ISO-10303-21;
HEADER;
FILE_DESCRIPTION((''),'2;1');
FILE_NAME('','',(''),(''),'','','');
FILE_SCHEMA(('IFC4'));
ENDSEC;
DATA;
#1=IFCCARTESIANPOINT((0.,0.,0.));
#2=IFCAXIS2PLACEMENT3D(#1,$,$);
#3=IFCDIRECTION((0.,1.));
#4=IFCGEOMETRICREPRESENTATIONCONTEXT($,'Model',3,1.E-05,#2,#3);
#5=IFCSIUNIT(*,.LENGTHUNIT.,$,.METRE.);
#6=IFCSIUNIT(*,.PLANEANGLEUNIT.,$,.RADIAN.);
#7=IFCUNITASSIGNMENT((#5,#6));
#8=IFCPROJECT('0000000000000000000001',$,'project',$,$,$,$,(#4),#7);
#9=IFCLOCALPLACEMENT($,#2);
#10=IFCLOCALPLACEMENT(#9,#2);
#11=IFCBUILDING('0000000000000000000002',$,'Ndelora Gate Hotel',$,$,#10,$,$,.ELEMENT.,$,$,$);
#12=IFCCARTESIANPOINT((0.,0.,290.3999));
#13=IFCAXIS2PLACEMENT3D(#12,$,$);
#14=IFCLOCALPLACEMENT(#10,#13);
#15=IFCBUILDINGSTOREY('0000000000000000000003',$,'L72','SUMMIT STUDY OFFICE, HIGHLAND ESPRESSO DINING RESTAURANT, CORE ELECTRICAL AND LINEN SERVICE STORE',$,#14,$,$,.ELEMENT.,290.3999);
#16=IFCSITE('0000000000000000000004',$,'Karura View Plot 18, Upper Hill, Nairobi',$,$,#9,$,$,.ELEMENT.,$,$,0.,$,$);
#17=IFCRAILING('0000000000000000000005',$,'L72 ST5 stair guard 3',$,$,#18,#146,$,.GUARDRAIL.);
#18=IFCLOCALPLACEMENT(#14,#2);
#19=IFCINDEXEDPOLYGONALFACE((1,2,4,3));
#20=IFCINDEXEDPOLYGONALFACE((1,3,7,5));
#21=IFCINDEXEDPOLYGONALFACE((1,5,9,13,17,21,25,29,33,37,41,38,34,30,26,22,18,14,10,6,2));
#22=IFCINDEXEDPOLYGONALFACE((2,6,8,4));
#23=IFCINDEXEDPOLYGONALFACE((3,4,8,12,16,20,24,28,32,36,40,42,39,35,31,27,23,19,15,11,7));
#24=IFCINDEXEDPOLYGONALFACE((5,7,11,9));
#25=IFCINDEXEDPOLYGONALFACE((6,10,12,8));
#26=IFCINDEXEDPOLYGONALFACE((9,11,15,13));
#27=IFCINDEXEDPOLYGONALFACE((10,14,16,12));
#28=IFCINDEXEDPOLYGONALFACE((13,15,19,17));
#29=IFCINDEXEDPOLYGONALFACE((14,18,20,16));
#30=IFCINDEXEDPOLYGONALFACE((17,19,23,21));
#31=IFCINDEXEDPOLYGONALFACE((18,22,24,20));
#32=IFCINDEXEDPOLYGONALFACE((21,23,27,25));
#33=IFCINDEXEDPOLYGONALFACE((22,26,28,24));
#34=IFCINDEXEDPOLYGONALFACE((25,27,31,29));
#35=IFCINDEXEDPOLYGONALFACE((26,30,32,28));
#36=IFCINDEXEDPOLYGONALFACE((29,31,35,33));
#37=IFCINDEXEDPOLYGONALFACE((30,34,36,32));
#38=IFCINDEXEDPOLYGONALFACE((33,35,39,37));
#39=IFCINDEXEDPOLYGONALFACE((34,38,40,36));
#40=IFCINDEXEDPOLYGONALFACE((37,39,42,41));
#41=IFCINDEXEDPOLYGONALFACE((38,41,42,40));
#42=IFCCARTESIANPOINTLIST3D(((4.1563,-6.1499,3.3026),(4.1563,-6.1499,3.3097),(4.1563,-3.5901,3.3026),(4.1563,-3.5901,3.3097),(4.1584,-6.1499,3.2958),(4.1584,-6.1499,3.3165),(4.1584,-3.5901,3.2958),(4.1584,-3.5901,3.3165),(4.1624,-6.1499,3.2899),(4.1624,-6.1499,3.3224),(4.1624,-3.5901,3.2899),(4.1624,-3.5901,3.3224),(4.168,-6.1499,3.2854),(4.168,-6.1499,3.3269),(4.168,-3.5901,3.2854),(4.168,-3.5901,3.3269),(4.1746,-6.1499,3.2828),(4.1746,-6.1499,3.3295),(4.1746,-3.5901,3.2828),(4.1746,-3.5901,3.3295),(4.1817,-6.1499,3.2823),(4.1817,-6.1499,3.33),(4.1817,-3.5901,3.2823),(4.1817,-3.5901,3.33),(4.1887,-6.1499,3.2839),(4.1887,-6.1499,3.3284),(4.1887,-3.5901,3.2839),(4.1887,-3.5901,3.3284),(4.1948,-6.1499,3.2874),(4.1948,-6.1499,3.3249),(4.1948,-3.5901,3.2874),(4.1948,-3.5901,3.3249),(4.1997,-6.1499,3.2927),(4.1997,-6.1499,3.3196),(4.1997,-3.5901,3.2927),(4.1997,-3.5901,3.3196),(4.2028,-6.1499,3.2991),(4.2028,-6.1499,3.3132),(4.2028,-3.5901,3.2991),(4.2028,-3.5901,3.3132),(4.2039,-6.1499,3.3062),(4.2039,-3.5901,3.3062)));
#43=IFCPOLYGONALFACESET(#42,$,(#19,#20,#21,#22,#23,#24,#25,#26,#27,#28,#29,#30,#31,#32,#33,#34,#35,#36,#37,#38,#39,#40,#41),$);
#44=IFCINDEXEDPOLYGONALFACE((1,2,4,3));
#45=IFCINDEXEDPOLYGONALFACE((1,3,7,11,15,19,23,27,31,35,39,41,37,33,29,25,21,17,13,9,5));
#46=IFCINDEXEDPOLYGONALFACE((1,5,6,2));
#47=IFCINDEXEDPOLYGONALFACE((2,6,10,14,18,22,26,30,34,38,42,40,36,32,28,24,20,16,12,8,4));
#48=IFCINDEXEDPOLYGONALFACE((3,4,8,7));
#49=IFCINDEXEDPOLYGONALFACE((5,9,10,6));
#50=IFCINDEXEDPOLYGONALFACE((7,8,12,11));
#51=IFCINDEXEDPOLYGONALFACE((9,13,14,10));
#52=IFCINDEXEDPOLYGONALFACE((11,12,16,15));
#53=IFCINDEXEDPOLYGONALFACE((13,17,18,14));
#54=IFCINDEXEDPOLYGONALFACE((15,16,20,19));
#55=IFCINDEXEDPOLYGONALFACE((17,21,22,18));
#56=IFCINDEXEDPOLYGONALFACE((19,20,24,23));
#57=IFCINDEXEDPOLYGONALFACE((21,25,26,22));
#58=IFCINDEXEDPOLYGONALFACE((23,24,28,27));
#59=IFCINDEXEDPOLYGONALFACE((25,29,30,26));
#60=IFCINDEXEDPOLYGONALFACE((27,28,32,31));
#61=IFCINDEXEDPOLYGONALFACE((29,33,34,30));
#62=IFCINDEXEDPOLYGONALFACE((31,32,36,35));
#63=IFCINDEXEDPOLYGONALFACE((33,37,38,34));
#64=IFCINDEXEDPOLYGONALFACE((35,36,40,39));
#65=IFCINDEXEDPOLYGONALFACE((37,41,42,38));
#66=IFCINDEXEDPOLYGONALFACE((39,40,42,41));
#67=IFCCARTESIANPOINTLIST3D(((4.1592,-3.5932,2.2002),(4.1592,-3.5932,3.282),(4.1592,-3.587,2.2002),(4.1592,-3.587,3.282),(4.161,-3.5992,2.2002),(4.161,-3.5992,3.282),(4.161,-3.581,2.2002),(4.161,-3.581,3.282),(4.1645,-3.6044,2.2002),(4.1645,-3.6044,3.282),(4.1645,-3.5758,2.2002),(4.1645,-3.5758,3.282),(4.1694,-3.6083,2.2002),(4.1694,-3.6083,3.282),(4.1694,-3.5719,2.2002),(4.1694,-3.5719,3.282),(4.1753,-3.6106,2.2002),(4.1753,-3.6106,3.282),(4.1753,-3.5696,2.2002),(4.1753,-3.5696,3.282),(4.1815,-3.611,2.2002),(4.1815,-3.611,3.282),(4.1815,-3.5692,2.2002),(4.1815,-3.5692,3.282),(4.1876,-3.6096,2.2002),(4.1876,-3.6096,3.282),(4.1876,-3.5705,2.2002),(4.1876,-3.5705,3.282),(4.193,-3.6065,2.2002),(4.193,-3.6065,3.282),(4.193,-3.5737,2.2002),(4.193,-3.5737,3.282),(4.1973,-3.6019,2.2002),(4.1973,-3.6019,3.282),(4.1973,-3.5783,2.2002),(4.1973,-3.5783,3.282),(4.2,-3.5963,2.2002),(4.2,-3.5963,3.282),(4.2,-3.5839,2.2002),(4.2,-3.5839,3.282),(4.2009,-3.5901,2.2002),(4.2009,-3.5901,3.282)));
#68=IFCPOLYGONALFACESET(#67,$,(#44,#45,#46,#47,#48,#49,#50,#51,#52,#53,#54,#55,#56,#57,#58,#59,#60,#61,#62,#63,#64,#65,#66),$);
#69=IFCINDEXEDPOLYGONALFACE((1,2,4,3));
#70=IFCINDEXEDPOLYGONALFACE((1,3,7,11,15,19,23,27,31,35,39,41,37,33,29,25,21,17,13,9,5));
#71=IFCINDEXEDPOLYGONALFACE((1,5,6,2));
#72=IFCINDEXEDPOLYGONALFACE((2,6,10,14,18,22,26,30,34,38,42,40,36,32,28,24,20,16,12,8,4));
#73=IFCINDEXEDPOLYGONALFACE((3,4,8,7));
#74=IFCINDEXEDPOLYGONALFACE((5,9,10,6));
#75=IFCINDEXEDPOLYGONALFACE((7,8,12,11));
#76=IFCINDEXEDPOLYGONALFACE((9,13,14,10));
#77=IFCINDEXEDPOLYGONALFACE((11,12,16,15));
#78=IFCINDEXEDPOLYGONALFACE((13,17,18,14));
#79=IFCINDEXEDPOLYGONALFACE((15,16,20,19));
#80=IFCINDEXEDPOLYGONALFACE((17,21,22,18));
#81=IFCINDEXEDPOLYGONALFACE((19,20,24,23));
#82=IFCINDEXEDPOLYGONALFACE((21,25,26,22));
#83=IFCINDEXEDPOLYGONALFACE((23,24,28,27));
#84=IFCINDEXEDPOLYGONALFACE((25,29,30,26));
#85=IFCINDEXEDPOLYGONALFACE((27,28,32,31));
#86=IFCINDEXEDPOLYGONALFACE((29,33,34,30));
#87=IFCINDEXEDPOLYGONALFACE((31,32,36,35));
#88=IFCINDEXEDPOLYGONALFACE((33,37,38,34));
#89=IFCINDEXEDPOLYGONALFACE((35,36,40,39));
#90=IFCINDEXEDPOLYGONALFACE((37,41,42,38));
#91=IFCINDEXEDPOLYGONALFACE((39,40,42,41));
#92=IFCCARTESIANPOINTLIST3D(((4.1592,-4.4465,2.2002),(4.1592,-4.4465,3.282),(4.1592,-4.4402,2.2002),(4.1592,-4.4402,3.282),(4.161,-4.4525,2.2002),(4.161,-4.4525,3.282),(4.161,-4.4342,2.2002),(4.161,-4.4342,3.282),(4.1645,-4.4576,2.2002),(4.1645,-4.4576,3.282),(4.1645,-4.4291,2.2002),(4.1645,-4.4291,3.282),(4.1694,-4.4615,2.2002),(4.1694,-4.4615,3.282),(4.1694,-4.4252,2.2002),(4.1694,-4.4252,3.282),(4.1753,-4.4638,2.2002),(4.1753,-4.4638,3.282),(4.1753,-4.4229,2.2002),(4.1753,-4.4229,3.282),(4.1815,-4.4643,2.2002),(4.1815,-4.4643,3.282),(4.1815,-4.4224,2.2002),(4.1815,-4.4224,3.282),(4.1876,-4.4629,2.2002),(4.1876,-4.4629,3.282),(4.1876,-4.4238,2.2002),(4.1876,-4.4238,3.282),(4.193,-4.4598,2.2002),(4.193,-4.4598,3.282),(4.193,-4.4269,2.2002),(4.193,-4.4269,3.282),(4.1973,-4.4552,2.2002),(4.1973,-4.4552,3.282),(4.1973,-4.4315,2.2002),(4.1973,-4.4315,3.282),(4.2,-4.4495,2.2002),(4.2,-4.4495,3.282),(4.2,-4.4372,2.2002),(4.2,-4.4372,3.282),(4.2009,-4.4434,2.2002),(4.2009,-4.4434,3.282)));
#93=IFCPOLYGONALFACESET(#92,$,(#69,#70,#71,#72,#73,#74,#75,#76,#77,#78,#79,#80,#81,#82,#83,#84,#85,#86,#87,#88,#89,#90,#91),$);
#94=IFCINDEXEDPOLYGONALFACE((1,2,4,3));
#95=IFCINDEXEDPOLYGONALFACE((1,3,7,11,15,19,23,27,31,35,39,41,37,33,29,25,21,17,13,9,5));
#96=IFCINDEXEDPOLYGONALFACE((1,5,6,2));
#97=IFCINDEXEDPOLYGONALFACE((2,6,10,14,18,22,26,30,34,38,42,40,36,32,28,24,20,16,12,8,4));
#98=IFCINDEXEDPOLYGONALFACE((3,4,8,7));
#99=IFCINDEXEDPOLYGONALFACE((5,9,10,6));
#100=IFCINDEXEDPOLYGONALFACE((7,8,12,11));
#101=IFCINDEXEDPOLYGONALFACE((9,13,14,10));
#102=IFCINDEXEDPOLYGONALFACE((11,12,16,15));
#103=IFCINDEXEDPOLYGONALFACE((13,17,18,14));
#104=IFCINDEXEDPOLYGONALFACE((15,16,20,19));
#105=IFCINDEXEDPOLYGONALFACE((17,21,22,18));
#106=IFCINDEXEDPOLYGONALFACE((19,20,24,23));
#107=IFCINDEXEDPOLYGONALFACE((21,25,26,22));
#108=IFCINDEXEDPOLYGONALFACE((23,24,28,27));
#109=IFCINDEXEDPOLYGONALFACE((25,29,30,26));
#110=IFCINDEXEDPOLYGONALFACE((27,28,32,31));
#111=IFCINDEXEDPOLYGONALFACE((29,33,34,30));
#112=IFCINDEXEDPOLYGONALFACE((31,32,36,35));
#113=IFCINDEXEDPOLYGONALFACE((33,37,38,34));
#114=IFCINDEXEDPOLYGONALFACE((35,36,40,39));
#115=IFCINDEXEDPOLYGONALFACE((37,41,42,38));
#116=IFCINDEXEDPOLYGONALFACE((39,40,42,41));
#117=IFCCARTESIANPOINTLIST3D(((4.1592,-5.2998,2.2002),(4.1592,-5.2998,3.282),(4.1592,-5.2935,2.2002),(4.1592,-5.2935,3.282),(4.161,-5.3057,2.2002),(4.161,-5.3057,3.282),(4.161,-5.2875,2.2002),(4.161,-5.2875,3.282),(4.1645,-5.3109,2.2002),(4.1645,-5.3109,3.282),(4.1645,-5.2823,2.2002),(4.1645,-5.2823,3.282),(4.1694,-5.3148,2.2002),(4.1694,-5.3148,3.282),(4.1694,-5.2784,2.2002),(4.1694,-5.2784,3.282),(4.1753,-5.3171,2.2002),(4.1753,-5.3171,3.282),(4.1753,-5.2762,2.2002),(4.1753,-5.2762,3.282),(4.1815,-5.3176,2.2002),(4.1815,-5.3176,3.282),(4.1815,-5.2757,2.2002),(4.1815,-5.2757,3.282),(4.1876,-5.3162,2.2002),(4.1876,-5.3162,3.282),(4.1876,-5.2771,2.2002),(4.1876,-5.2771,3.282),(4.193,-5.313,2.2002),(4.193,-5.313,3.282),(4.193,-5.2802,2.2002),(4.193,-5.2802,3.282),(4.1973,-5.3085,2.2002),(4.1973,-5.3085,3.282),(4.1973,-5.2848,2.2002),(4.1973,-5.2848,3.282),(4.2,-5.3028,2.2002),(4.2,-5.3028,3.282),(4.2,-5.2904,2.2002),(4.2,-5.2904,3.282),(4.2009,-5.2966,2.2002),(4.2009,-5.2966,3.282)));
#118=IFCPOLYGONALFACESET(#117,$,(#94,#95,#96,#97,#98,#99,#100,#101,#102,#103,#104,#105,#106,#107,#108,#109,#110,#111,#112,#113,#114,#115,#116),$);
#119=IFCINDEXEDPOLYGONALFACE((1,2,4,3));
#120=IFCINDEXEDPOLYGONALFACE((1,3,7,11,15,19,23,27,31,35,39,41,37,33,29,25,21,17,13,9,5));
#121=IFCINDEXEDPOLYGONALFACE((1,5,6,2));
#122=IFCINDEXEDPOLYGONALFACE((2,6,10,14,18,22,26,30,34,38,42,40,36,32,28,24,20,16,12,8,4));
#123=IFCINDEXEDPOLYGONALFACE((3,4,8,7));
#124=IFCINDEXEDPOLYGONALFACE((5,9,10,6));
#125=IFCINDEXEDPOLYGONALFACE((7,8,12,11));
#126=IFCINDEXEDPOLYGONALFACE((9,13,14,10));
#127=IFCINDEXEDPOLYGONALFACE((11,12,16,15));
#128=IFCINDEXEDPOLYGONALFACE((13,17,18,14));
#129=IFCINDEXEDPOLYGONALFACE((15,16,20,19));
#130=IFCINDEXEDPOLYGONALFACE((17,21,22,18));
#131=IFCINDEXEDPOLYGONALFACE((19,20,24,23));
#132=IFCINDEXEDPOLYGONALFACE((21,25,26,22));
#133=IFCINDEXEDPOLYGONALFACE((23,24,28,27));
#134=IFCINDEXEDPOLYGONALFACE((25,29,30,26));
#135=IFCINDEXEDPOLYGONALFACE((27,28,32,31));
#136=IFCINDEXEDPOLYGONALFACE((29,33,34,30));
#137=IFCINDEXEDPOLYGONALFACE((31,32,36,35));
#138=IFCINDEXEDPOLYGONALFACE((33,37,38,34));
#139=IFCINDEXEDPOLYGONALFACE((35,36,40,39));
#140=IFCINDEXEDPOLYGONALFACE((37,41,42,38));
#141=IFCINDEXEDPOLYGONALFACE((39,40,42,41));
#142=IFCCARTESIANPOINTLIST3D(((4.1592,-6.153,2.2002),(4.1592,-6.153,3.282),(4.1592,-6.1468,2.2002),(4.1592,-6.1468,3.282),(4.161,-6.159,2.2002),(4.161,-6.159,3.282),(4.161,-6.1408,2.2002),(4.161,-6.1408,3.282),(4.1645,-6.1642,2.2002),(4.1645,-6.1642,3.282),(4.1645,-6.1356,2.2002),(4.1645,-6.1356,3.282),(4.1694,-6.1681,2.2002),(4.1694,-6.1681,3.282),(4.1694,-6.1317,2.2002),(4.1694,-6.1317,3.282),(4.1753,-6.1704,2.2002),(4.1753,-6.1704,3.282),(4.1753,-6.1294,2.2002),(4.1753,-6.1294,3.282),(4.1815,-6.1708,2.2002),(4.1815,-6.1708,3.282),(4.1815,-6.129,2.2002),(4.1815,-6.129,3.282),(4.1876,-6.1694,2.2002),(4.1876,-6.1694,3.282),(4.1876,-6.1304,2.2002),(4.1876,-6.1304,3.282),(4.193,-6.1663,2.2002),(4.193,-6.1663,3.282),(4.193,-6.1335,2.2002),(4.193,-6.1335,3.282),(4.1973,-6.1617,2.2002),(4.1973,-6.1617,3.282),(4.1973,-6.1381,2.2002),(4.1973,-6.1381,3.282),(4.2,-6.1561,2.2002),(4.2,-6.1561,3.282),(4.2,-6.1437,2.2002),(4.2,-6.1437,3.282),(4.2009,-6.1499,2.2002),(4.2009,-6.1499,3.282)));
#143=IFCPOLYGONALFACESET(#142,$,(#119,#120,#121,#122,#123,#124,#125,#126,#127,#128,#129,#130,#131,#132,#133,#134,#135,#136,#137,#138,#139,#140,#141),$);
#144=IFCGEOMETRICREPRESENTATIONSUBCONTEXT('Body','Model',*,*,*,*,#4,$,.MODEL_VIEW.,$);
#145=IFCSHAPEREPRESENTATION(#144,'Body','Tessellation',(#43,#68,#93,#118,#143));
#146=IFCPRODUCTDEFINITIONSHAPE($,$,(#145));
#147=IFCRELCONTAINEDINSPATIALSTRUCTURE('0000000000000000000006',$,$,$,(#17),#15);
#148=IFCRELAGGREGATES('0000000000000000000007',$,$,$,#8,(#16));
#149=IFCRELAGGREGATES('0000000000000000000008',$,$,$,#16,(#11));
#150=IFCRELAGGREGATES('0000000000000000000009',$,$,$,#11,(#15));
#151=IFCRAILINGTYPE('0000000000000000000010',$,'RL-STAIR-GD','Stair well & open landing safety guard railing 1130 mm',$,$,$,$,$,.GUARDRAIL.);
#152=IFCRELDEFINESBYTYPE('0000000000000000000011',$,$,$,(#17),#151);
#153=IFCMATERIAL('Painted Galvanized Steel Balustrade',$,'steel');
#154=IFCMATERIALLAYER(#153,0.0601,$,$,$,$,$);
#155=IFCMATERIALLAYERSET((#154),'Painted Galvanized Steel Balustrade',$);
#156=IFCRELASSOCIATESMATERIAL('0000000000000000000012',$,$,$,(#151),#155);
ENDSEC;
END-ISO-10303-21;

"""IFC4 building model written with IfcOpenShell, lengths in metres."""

from ifc_helpers import new_model, si_unit, direction, frame, origin, origin_2d, place, context, subcontext, project, spatial, circle, extrude, material, layer, layer_set, type_object, element, save


model = new_model("IFC4")

# Units and contexts
model_context = context("Model", 3, precision=1e-05, world=origin(), true_north=direction((0.0, 1.0)))
body_context = subcontext(model_context, "Body", "Model", "MODEL_VIEW")
ifc_project = project(units=[si_unit("LENGTHUNIT", "METRE"), si_unit("PLANEANGLEUNIT", "RADIAN")], contexts=[model_context])

# Site, building, storey
site_placement = place(None, origin())
site = spatial("IfcSite", under=ifc_project, at=site_placement, Name="Karura View Plot 18, Upper Hill, Nairobi", CompositionType="ELEMENT", RefElevation=0.0)
building_placement = place(site_placement, origin())
building = spatial("IfcBuilding", under=site, at=building_placement, Name="Ndelora Gate Hotel", CompositionType="ELEMENT")
storey_placement = place(building_placement, frame((0.0, 0.0, 290.3999)))
storey = spatial("IfcBuildingStorey", under=building, at=storey_placement, Name="L72", Description="SUMMIT STUDY OFFICE, HIGHLAND ESPRESSO DINING RESTAURANT, CORE ELECTRICAL AND LINEN SERVICE STORE", CompositionType="ELEMENT", Elevation=290.3999)

# Railing
ifc_material_1 = material(Name="Painted Galvanized Steel Balustrade", Category="steel")
ifc_layer_1 = layer(ifc_material_1, 0.0601)
ifc_layer_set_1 = layer_set([ifc_layer_1], Name="Painted Galvanized Steel Balustrade")
railing_type_1 = type_object("IfcRailingType", Name="RL-STAIR-GD", Description="Stair well & open landing safety guard railing 1130 mm", PredefinedType="GUARDRAIL", material=ifc_layer_set_1)
for number, where, name in (
    (1, (4.1799, -3.5901, 2.2002), "L72 ST5 stair guard 3"),
):
    element("IfcRailing", number, at=place(storey_placement, frame(where)), inside=storey, type_object=railing_type_1, Name=name, PredefinedType="GUARDRAIL", context=body_context, shape_type="SweptSolid", body=[
        extrude(circle(Radius=0.0239, at=origin_2d()), frame((0.0, 0.0, 1.106), z_axis=(0.0, -1.0, 0.0), x_axis=(1.0, 0.0, 0.0)), (0.0, 0.0, 1.0), 2.5598),
        extrude(circle(Radius=0.021, at=origin_2d()), origin(), (0.0, 0.0, 1.0), 1.0818),
        extrude(circle(Radius=0.021, at=origin_2d()), frame((0.0, -0.8533, 0.0)), (0.0, 0.0, 1.0), 1.0818),
        extrude(circle(Radius=0.021, at=origin_2d()), frame((0.0, -1.7065, 0.0)), (0.0, 0.0, 1.0), 1.0818),
        extrude(circle(Radius=0.021, at=origin_2d()), frame((0.0, -2.5598, 0.0)), (0.0, 0.0, 1.0), 1.0818),
    ])

save(model, "model.ifc")
